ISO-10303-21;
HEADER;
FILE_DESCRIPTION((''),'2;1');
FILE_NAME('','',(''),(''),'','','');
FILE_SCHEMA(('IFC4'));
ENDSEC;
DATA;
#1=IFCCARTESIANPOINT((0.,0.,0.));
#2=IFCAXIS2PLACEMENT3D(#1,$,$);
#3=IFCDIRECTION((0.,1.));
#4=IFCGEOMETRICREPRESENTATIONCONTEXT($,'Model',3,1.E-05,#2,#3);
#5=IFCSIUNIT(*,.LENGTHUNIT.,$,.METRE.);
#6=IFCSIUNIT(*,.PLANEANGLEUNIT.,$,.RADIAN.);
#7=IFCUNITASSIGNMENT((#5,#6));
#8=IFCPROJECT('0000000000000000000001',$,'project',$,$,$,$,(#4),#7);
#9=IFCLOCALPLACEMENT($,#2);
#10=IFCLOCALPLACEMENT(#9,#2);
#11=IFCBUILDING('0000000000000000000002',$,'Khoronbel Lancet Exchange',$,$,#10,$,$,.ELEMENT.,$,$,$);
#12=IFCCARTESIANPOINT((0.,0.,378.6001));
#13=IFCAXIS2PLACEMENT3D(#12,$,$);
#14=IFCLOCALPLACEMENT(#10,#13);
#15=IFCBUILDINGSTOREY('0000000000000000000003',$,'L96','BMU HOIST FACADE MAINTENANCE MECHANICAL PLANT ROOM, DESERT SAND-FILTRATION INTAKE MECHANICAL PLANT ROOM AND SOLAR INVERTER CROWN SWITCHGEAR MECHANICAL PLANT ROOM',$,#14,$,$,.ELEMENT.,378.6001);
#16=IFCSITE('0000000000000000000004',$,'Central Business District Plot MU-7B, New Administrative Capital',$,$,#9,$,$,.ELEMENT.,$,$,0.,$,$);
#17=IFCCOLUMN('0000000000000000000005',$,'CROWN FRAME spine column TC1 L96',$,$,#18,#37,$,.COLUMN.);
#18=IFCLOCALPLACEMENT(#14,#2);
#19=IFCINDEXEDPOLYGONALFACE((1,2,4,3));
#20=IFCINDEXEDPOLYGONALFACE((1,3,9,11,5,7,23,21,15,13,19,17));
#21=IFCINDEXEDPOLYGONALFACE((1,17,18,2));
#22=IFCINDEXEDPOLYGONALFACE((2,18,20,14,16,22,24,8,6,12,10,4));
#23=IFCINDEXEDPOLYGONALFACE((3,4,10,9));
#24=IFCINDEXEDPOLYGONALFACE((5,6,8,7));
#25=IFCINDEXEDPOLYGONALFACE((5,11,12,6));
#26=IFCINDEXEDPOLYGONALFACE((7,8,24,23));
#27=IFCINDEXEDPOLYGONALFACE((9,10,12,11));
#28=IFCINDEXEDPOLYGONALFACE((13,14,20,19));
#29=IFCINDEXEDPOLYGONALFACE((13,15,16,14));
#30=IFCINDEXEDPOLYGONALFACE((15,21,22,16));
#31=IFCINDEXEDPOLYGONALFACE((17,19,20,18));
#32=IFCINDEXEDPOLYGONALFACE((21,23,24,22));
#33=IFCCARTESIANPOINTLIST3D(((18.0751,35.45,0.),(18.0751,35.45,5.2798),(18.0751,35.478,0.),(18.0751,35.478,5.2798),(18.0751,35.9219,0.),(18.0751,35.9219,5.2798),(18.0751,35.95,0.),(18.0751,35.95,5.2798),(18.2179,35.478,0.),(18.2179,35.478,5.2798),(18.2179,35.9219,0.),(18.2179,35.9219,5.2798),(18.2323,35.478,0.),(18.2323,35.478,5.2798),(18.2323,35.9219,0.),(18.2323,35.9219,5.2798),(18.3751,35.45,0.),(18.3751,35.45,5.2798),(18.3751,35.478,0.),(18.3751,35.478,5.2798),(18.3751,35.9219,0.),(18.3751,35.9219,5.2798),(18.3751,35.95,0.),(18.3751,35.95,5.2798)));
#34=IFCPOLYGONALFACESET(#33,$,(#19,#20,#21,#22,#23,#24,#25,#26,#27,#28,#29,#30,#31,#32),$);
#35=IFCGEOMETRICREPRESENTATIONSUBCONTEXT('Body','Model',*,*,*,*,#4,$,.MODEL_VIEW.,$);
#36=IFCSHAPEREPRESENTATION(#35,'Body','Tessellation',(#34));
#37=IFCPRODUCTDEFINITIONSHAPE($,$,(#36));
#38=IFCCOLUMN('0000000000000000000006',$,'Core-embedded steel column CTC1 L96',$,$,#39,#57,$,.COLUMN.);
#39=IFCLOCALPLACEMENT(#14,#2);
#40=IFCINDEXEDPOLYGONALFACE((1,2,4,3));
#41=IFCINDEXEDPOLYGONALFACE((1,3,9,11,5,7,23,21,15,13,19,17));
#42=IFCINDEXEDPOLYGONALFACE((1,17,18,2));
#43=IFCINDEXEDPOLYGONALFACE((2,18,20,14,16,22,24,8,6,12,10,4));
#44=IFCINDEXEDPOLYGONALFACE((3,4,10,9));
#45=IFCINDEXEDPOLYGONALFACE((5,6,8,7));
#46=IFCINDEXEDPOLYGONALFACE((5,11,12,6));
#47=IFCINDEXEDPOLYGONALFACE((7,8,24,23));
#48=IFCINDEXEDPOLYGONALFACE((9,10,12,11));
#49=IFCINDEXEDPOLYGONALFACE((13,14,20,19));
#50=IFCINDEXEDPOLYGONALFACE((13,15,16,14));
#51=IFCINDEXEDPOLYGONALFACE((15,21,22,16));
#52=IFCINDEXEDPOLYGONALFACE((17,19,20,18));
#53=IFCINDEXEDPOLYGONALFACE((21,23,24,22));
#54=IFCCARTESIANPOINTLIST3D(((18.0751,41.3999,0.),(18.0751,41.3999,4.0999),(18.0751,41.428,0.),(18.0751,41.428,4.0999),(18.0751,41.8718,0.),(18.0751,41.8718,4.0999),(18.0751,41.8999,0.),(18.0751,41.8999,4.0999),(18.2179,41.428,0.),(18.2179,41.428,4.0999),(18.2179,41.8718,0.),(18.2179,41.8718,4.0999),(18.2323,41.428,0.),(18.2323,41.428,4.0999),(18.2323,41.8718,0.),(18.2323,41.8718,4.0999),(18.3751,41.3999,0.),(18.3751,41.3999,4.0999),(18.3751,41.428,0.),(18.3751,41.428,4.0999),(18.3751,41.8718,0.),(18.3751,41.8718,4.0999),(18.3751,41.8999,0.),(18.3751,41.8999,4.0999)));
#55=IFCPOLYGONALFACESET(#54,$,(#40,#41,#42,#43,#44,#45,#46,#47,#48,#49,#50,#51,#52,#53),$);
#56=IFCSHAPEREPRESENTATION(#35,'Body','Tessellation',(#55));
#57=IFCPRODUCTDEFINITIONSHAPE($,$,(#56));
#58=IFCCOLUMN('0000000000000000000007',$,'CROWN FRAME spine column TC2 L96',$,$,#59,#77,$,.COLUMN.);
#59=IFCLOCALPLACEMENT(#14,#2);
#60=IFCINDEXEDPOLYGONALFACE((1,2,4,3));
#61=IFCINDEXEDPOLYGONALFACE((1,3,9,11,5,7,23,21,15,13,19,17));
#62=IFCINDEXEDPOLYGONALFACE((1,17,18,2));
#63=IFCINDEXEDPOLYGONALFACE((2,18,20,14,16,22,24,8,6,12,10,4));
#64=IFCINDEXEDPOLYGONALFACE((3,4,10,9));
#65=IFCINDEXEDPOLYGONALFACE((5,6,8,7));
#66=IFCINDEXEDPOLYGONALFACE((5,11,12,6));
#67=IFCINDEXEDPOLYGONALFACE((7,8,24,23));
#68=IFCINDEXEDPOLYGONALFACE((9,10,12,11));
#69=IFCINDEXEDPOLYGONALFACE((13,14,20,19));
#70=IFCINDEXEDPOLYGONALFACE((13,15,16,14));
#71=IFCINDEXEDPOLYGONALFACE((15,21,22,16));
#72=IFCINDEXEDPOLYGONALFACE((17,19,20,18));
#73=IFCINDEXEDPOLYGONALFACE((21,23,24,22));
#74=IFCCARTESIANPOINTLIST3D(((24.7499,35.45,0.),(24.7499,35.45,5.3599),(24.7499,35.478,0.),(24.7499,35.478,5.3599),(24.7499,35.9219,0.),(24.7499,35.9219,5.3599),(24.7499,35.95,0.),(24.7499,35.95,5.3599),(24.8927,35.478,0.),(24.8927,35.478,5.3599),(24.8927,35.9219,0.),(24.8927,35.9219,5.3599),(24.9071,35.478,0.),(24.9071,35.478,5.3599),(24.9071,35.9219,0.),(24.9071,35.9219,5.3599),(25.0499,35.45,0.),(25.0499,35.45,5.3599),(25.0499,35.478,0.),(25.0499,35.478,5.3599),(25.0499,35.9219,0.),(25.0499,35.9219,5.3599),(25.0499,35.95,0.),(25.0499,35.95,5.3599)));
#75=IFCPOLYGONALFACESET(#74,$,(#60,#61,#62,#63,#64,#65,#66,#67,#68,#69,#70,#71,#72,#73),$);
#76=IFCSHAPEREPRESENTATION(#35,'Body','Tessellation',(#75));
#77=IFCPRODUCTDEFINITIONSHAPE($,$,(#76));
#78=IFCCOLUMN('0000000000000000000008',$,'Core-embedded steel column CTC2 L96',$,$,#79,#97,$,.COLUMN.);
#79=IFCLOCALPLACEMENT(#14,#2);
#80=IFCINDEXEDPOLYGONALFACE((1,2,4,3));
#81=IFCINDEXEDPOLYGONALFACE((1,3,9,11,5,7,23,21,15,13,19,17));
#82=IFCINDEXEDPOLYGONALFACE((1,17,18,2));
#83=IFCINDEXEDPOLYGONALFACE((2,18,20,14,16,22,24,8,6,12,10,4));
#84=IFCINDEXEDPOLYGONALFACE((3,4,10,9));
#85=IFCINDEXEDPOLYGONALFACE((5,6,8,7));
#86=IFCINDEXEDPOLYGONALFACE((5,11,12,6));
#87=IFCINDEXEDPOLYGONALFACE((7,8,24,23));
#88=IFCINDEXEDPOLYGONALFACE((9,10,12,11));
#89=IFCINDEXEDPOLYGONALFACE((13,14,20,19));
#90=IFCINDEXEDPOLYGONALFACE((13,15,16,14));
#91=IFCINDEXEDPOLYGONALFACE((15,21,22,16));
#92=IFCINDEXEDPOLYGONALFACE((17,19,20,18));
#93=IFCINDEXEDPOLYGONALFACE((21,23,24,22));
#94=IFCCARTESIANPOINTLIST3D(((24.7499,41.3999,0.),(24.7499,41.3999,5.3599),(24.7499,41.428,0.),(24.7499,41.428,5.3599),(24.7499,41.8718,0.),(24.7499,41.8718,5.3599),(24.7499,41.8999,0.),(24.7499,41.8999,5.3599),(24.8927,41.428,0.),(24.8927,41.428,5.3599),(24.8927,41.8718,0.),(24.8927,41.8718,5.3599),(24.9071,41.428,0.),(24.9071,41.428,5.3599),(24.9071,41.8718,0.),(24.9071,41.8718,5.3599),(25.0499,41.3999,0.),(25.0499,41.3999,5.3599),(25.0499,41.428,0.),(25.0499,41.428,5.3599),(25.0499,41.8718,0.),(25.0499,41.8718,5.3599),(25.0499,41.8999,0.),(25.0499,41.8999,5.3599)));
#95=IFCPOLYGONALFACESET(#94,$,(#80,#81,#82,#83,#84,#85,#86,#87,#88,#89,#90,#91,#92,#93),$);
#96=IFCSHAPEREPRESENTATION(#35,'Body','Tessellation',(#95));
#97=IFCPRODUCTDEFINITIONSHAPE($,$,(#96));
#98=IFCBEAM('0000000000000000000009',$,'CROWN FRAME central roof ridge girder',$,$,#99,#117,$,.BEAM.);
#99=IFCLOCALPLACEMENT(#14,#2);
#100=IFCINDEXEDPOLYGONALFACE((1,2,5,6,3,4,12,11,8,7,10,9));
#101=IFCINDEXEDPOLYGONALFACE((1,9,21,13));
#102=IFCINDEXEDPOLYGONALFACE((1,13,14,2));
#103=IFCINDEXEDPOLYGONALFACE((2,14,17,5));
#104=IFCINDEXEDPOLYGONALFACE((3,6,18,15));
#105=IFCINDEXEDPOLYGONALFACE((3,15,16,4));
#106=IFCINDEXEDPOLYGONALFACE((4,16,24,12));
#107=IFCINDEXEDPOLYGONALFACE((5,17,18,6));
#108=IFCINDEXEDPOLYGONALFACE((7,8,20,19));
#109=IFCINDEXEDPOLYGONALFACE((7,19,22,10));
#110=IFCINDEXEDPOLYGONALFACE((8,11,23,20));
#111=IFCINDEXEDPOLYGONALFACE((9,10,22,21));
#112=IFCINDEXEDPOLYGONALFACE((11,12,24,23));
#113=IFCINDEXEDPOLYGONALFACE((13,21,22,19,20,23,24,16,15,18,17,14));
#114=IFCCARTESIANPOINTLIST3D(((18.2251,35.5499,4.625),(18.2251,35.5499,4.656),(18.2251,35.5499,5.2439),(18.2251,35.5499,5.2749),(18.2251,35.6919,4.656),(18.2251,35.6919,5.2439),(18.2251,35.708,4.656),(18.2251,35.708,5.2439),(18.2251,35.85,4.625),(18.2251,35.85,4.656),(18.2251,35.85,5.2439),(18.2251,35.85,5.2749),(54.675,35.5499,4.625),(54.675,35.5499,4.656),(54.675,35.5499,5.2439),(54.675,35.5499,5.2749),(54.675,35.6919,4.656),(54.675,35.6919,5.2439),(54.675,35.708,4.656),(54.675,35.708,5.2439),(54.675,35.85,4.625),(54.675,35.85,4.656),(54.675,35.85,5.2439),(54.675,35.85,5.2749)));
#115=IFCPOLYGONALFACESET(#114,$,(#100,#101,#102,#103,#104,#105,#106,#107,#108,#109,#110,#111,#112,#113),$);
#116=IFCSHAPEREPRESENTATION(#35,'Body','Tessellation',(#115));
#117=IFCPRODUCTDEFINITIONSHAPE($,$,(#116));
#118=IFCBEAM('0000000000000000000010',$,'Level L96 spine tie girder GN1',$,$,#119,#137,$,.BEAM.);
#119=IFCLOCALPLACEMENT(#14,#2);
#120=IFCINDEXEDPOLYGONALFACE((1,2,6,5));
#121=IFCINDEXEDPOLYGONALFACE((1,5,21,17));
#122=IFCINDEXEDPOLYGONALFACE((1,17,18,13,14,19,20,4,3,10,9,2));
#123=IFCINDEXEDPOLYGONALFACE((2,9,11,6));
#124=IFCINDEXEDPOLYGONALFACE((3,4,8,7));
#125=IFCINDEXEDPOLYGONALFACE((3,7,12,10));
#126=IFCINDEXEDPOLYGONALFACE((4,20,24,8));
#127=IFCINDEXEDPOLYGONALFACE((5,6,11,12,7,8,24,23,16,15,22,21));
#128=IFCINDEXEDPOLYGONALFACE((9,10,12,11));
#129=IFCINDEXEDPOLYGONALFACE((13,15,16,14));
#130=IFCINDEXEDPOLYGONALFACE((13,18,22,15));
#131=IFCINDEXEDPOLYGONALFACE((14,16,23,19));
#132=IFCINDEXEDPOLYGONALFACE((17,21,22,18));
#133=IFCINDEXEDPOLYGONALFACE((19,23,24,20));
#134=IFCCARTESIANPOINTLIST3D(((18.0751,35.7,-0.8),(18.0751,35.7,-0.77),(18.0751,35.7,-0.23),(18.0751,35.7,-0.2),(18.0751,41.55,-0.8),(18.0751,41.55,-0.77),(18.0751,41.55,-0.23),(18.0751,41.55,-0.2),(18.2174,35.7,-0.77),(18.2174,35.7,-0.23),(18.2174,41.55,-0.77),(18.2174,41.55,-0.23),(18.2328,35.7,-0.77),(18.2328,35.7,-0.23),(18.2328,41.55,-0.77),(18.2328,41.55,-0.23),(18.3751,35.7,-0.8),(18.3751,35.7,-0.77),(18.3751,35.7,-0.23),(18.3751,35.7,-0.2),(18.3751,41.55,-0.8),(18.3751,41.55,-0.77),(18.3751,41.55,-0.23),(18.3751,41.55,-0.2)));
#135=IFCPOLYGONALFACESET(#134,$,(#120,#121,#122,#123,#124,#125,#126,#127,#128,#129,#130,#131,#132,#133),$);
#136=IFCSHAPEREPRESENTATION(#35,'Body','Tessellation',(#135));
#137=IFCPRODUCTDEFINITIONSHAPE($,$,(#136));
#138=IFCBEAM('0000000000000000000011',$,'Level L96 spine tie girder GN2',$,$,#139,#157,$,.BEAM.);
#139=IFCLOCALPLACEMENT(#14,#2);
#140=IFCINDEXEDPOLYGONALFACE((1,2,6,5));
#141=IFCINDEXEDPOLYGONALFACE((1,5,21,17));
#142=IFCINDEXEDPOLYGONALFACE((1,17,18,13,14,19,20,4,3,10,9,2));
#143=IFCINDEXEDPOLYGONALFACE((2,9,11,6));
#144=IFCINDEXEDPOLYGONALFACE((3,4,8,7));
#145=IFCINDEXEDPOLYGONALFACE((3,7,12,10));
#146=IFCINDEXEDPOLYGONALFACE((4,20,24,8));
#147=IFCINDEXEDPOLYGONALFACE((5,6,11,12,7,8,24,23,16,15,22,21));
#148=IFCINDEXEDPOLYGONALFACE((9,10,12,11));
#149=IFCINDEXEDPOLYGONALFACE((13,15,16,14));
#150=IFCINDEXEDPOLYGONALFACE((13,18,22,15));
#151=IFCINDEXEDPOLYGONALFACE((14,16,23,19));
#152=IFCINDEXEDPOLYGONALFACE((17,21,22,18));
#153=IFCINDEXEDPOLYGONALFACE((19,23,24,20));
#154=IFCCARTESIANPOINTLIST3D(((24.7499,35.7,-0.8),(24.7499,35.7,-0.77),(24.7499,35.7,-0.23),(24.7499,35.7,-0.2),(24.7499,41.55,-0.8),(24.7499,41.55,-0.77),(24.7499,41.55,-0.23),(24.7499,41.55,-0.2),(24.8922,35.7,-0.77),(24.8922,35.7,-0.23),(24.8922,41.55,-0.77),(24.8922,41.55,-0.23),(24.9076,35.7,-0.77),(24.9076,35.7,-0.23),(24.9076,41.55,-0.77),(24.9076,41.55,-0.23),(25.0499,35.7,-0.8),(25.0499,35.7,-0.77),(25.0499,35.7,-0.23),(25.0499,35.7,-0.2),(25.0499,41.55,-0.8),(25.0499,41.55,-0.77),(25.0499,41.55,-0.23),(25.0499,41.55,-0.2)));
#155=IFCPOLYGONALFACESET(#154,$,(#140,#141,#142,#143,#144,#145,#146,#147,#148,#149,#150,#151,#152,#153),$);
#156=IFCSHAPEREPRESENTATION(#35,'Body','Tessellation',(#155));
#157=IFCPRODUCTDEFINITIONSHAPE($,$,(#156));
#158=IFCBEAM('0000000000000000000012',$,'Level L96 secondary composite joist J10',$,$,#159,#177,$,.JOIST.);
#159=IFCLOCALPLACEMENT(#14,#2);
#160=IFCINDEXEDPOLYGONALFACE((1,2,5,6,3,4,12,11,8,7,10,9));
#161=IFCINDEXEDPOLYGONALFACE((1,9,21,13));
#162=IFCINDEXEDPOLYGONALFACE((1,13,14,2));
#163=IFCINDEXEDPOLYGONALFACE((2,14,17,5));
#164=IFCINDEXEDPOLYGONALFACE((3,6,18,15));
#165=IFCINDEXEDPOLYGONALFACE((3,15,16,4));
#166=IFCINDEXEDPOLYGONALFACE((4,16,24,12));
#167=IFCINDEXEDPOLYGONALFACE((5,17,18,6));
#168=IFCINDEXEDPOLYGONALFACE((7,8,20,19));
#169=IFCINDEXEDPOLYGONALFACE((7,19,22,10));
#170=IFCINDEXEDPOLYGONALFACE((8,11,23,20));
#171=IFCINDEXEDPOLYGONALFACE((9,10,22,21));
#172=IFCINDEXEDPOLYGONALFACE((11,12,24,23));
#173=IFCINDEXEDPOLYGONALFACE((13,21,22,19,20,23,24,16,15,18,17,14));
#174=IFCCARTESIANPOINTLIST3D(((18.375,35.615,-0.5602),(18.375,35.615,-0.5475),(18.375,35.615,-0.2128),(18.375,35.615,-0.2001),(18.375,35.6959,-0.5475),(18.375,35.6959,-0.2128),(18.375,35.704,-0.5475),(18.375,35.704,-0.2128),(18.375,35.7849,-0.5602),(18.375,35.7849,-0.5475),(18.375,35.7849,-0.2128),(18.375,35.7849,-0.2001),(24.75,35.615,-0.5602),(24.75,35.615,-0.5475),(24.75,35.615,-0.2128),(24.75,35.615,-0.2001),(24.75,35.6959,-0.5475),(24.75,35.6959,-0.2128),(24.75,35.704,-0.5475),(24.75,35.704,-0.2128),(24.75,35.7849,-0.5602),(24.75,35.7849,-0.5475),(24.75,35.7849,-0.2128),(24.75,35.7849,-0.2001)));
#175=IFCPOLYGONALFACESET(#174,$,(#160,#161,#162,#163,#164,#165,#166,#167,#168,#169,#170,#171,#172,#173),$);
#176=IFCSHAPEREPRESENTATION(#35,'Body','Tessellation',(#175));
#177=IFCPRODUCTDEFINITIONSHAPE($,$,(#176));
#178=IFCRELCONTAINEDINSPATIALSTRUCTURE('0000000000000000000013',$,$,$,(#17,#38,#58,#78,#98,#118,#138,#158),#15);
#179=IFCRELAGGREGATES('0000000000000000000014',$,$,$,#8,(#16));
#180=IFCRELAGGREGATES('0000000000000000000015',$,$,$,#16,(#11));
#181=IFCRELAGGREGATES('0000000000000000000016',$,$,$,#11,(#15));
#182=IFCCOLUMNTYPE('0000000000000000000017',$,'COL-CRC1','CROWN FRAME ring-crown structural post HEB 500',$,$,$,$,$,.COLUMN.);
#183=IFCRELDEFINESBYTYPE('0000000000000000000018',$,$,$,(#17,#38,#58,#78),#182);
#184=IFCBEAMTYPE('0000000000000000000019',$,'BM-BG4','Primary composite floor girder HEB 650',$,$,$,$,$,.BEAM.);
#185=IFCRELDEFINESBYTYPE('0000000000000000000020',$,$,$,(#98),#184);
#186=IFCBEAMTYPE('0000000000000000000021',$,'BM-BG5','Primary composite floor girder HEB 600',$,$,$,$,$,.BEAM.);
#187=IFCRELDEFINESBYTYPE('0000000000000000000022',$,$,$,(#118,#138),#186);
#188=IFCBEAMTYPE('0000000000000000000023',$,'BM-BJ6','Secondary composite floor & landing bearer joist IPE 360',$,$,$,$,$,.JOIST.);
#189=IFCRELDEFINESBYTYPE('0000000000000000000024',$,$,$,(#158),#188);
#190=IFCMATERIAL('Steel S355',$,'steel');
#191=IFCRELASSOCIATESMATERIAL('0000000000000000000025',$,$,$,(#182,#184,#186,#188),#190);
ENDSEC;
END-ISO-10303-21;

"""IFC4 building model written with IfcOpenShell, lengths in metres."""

from ifc_helpers import new_model, si_unit, direction, frame, origin, origin_2d, place, context, subcontext, project, spatial, i_section, extrude, material, material_profile, profile_set, type_object, element, save


model = new_model("IFC4")

# Units and contexts
model_context = context("Model", 3, precision=1e-05, world=origin(), true_north=direction((0.0, 1.0)))
body_context = subcontext(model_context, "Body", "Model", "MODEL_VIEW")
ifc_project = project(units=[si_unit("LENGTHUNIT", "METRE"), si_unit("PLANEANGLEUNIT", "RADIAN")], contexts=[model_context])

# Site, building, storey
site_placement = place(None, origin())
site = spatial("IfcSite", under=ifc_project, at=site_placement, Name="Central Business District Plot MU-7B, New Administrative Capital", CompositionType="ELEMENT", RefElevation=0.0)
building_placement = place(site_placement, origin())
building = spatial("IfcBuilding", under=site, at=building_placement, Name="Khoronbel Lancet Exchange", CompositionType="ELEMENT")
storey_placement = place(building_placement, frame((0.0, 0.0, 378.6001)))
storey = spatial("IfcBuildingStorey", under=building, at=storey_placement, Name="L96", Description="BMU HOIST FACADE MAINTENANCE MECHANICAL PLANT ROOM, DESERT SAND-FILTRATION INTAKE MECHANICAL PLANT ROOM AND SOLAR INVERTER CROWN SWITCHGEAR MECHANICAL PLANT ROOM", CompositionType="ELEMENT", Elevation=378.6001)

# Columns
ifc_material_1 = material(Name="Steel S355", Category="steel")
ifc_material_profile_1 = material_profile(ifc_material_1, i_section(OverallWidth=0.3, OverallDepth=0.5, WebThickness=0.0144, FlangeThickness=0.0281, at=origin_2d()), Name="HEB 500")
ifc_profile_set_1 = profile_set([ifc_material_profile_1], Name="Steel S355")
column_type = type_object("IfcColumnType", Name="COL-CRC1", Description="CROWN FRAME ring-crown structural post HEB 500", PredefinedType="COLUMN", material=ifc_profile_set_1)
column_1_placement = place(storey_placement, frame((18.2251, 35.7, 0.0), z_axis=(0.0, 0.0, 1.0), x_axis=(1.0, 0.0, 0.0)))
element("IfcColumn", 1, at=column_1_placement, inside=storey, type_object=column_type, Name="CROWN FRAME spine column TC1 L96", PredefinedType="COLUMN", context=body_context, shape_type="SweptSolid", body=[
    extrude(i_section(OverallWidth=0.3, OverallDepth=0.5, WebThickness=0.0144, FlangeThickness=0.0281, at=origin_2d()), origin(), (0.0, 0.0, 1.0), 5.2798),
])
column_2_placement = place(storey_placement, frame((18.2251, 41.6499, 0.0), z_axis=(0.0, 0.0, 1.0), x_axis=(1.0, 0.0, 0.0)))
element("IfcColumn", 2, at=column_2_placement, inside=storey, type_object=column_type, Name="Core-embedded steel column CTC1 L96", PredefinedType="COLUMN", context=body_context, shape_type="SweptSolid", body=[
    extrude(i_section(OverallWidth=0.3, OverallDepth=0.5, WebThickness=0.0144, FlangeThickness=0.0281, at=origin_2d()), origin(), (0.0, 0.0, 1.0), 4.0999),
])
for number, where, z_axis, x_axis, name in (
    (3, (24.8999, 35.7, 0.0), (0.0, 0.0, 1.0), (1.0, 0.0, 0.0), "CROWN FRAME spine column TC2 L96"),
    (4, (24.8999, 41.6499, 0.0), (0.0, 0.0, 1.0), (1.0, 0.0, 0.0), "Core-embedded steel column CTC2 L96"),
):
    element("IfcColumn", number, at=place(storey_placement, frame(where, z_axis=z_axis, x_axis=x_axis)), inside=storey, type_object=column_type, Name=name, PredefinedType="COLUMN", context=body_context, shape_type="SweptSolid", body=[
        extrude(i_section(OverallWidth=0.3, OverallDepth=0.5, WebThickness=0.0144, FlangeThickness=0.0281, at=origin_2d()), origin(), (0.0, 0.0, 1.0), 5.3599),
    ])

# Beams
ifc_material_profile_2 = material_profile(ifc_material_1, i_section(OverallWidth=0.3, OverallDepth=0.6499, WebThickness=0.0161, FlangeThickness=0.031, at=origin_2d()), Name="HEB 650")
ifc_profile_set_2 = profile_set([ifc_material_profile_2], Name="Steel S355")
beam_type_1 = type_object("IfcBeamType", Name="BM-BG4", Description="Primary composite floor girder HEB 650", PredefinedType="BEAM", material=ifc_profile_set_2)
beam_1_placement = place(storey_placement, frame((18.2251, 35.7, 4.95), z_axis=(1.0, 0.0, 0.0), x_axis=(0.0, 1.0, 0.0)))
element("IfcBeam", 5, at=beam_1_placement, inside=storey, type_object=beam_type_1, Name="CROWN FRAME central roof ridge girder", PredefinedType="BEAM", context=body_context, shape_type="SweptSolid", body=[
    extrude(i_section(OverallWidth=0.3, OverallDepth=0.6499, WebThickness=0.0161, FlangeThickness=0.031, at=origin_2d()), origin(), (0.0, 0.0, 1.0), 36.45),
])
ifc_material_profile_3 = material_profile(ifc_material_1, i_section(OverallWidth=0.3, OverallDepth=0.6001, WebThickness=0.0154, FlangeThickness=0.03, at=origin_2d()), Name="HEB 600")
ifc_profile_set_3 = profile_set([ifc_material_profile_3], Name="Steel S355")
beam_type_2 = type_object("IfcBeamType", Name="BM-BG5", Description="Primary composite floor girder HEB 600", PredefinedType="BEAM", material=ifc_profile_set_3)
for number, where, z_axis, x_axis, name in (
    (6, (18.2251, 35.7, -0.5), (0.0, 1.0, 0.0), (-1.0, 0.0, 0.0), "Level L96 spine tie girder GN1"),
    (7, (24.8999, 35.7, -0.5), (0.0, 1.0, 0.0), (-1.0, 0.0, 0.0), "Level L96 spine tie girder GN2"),
):
    element("IfcBeam", number, at=place(storey_placement, frame(where, z_axis=z_axis, x_axis=x_axis)), inside=storey, type_object=beam_type_2, Name=name, PredefinedType="BEAM", context=body_context, shape_type="SweptSolid", body=[
        extrude(i_section(OverallWidth=0.3, OverallDepth=0.6001, WebThickness=0.0154, FlangeThickness=0.03, at=origin_2d()), origin(), (0.0, 0.0, 1.0), 5.8501),
    ])
ifc_material_profile_4 = material_profile(ifc_material_1, i_section(OverallWidth=0.1699, OverallDepth=0.3601, WebThickness=0.0081, FlangeThickness=0.0127, at=origin_2d()), Name="IPE 360")
ifc_profile_set_4 = profile_set([ifc_material_profile_4], Name="Steel S355")
beam_type_3 = type_object("IfcBeamType", Name="BM-BJ6", Description="Secondary composite floor & landing bearer joist IPE 360", PredefinedType="JOIST", material=ifc_profile_set_4)
beam_2_placement = place(storey_placement, frame((18.375, 35.7, -0.3801), z_axis=(1.0, 0.0, 0.0), x_axis=(0.0, 1.0, 0.0)))
element("IfcBeam", 8, at=beam_2_placement, inside=storey, type_object=beam_type_3, Name="Level L96 secondary composite joist J10", PredefinedType="JOIST", context=body_context, shape_type="SweptSolid", body=[
    extrude(i_section(OverallWidth=0.1699, OverallDepth=0.3601, WebThickness=0.0081, FlangeThickness=0.0127, at=origin_2d()), origin(), (0.0, 0.0, 1.0), 6.375),
])

save(model, "model.ifc")
